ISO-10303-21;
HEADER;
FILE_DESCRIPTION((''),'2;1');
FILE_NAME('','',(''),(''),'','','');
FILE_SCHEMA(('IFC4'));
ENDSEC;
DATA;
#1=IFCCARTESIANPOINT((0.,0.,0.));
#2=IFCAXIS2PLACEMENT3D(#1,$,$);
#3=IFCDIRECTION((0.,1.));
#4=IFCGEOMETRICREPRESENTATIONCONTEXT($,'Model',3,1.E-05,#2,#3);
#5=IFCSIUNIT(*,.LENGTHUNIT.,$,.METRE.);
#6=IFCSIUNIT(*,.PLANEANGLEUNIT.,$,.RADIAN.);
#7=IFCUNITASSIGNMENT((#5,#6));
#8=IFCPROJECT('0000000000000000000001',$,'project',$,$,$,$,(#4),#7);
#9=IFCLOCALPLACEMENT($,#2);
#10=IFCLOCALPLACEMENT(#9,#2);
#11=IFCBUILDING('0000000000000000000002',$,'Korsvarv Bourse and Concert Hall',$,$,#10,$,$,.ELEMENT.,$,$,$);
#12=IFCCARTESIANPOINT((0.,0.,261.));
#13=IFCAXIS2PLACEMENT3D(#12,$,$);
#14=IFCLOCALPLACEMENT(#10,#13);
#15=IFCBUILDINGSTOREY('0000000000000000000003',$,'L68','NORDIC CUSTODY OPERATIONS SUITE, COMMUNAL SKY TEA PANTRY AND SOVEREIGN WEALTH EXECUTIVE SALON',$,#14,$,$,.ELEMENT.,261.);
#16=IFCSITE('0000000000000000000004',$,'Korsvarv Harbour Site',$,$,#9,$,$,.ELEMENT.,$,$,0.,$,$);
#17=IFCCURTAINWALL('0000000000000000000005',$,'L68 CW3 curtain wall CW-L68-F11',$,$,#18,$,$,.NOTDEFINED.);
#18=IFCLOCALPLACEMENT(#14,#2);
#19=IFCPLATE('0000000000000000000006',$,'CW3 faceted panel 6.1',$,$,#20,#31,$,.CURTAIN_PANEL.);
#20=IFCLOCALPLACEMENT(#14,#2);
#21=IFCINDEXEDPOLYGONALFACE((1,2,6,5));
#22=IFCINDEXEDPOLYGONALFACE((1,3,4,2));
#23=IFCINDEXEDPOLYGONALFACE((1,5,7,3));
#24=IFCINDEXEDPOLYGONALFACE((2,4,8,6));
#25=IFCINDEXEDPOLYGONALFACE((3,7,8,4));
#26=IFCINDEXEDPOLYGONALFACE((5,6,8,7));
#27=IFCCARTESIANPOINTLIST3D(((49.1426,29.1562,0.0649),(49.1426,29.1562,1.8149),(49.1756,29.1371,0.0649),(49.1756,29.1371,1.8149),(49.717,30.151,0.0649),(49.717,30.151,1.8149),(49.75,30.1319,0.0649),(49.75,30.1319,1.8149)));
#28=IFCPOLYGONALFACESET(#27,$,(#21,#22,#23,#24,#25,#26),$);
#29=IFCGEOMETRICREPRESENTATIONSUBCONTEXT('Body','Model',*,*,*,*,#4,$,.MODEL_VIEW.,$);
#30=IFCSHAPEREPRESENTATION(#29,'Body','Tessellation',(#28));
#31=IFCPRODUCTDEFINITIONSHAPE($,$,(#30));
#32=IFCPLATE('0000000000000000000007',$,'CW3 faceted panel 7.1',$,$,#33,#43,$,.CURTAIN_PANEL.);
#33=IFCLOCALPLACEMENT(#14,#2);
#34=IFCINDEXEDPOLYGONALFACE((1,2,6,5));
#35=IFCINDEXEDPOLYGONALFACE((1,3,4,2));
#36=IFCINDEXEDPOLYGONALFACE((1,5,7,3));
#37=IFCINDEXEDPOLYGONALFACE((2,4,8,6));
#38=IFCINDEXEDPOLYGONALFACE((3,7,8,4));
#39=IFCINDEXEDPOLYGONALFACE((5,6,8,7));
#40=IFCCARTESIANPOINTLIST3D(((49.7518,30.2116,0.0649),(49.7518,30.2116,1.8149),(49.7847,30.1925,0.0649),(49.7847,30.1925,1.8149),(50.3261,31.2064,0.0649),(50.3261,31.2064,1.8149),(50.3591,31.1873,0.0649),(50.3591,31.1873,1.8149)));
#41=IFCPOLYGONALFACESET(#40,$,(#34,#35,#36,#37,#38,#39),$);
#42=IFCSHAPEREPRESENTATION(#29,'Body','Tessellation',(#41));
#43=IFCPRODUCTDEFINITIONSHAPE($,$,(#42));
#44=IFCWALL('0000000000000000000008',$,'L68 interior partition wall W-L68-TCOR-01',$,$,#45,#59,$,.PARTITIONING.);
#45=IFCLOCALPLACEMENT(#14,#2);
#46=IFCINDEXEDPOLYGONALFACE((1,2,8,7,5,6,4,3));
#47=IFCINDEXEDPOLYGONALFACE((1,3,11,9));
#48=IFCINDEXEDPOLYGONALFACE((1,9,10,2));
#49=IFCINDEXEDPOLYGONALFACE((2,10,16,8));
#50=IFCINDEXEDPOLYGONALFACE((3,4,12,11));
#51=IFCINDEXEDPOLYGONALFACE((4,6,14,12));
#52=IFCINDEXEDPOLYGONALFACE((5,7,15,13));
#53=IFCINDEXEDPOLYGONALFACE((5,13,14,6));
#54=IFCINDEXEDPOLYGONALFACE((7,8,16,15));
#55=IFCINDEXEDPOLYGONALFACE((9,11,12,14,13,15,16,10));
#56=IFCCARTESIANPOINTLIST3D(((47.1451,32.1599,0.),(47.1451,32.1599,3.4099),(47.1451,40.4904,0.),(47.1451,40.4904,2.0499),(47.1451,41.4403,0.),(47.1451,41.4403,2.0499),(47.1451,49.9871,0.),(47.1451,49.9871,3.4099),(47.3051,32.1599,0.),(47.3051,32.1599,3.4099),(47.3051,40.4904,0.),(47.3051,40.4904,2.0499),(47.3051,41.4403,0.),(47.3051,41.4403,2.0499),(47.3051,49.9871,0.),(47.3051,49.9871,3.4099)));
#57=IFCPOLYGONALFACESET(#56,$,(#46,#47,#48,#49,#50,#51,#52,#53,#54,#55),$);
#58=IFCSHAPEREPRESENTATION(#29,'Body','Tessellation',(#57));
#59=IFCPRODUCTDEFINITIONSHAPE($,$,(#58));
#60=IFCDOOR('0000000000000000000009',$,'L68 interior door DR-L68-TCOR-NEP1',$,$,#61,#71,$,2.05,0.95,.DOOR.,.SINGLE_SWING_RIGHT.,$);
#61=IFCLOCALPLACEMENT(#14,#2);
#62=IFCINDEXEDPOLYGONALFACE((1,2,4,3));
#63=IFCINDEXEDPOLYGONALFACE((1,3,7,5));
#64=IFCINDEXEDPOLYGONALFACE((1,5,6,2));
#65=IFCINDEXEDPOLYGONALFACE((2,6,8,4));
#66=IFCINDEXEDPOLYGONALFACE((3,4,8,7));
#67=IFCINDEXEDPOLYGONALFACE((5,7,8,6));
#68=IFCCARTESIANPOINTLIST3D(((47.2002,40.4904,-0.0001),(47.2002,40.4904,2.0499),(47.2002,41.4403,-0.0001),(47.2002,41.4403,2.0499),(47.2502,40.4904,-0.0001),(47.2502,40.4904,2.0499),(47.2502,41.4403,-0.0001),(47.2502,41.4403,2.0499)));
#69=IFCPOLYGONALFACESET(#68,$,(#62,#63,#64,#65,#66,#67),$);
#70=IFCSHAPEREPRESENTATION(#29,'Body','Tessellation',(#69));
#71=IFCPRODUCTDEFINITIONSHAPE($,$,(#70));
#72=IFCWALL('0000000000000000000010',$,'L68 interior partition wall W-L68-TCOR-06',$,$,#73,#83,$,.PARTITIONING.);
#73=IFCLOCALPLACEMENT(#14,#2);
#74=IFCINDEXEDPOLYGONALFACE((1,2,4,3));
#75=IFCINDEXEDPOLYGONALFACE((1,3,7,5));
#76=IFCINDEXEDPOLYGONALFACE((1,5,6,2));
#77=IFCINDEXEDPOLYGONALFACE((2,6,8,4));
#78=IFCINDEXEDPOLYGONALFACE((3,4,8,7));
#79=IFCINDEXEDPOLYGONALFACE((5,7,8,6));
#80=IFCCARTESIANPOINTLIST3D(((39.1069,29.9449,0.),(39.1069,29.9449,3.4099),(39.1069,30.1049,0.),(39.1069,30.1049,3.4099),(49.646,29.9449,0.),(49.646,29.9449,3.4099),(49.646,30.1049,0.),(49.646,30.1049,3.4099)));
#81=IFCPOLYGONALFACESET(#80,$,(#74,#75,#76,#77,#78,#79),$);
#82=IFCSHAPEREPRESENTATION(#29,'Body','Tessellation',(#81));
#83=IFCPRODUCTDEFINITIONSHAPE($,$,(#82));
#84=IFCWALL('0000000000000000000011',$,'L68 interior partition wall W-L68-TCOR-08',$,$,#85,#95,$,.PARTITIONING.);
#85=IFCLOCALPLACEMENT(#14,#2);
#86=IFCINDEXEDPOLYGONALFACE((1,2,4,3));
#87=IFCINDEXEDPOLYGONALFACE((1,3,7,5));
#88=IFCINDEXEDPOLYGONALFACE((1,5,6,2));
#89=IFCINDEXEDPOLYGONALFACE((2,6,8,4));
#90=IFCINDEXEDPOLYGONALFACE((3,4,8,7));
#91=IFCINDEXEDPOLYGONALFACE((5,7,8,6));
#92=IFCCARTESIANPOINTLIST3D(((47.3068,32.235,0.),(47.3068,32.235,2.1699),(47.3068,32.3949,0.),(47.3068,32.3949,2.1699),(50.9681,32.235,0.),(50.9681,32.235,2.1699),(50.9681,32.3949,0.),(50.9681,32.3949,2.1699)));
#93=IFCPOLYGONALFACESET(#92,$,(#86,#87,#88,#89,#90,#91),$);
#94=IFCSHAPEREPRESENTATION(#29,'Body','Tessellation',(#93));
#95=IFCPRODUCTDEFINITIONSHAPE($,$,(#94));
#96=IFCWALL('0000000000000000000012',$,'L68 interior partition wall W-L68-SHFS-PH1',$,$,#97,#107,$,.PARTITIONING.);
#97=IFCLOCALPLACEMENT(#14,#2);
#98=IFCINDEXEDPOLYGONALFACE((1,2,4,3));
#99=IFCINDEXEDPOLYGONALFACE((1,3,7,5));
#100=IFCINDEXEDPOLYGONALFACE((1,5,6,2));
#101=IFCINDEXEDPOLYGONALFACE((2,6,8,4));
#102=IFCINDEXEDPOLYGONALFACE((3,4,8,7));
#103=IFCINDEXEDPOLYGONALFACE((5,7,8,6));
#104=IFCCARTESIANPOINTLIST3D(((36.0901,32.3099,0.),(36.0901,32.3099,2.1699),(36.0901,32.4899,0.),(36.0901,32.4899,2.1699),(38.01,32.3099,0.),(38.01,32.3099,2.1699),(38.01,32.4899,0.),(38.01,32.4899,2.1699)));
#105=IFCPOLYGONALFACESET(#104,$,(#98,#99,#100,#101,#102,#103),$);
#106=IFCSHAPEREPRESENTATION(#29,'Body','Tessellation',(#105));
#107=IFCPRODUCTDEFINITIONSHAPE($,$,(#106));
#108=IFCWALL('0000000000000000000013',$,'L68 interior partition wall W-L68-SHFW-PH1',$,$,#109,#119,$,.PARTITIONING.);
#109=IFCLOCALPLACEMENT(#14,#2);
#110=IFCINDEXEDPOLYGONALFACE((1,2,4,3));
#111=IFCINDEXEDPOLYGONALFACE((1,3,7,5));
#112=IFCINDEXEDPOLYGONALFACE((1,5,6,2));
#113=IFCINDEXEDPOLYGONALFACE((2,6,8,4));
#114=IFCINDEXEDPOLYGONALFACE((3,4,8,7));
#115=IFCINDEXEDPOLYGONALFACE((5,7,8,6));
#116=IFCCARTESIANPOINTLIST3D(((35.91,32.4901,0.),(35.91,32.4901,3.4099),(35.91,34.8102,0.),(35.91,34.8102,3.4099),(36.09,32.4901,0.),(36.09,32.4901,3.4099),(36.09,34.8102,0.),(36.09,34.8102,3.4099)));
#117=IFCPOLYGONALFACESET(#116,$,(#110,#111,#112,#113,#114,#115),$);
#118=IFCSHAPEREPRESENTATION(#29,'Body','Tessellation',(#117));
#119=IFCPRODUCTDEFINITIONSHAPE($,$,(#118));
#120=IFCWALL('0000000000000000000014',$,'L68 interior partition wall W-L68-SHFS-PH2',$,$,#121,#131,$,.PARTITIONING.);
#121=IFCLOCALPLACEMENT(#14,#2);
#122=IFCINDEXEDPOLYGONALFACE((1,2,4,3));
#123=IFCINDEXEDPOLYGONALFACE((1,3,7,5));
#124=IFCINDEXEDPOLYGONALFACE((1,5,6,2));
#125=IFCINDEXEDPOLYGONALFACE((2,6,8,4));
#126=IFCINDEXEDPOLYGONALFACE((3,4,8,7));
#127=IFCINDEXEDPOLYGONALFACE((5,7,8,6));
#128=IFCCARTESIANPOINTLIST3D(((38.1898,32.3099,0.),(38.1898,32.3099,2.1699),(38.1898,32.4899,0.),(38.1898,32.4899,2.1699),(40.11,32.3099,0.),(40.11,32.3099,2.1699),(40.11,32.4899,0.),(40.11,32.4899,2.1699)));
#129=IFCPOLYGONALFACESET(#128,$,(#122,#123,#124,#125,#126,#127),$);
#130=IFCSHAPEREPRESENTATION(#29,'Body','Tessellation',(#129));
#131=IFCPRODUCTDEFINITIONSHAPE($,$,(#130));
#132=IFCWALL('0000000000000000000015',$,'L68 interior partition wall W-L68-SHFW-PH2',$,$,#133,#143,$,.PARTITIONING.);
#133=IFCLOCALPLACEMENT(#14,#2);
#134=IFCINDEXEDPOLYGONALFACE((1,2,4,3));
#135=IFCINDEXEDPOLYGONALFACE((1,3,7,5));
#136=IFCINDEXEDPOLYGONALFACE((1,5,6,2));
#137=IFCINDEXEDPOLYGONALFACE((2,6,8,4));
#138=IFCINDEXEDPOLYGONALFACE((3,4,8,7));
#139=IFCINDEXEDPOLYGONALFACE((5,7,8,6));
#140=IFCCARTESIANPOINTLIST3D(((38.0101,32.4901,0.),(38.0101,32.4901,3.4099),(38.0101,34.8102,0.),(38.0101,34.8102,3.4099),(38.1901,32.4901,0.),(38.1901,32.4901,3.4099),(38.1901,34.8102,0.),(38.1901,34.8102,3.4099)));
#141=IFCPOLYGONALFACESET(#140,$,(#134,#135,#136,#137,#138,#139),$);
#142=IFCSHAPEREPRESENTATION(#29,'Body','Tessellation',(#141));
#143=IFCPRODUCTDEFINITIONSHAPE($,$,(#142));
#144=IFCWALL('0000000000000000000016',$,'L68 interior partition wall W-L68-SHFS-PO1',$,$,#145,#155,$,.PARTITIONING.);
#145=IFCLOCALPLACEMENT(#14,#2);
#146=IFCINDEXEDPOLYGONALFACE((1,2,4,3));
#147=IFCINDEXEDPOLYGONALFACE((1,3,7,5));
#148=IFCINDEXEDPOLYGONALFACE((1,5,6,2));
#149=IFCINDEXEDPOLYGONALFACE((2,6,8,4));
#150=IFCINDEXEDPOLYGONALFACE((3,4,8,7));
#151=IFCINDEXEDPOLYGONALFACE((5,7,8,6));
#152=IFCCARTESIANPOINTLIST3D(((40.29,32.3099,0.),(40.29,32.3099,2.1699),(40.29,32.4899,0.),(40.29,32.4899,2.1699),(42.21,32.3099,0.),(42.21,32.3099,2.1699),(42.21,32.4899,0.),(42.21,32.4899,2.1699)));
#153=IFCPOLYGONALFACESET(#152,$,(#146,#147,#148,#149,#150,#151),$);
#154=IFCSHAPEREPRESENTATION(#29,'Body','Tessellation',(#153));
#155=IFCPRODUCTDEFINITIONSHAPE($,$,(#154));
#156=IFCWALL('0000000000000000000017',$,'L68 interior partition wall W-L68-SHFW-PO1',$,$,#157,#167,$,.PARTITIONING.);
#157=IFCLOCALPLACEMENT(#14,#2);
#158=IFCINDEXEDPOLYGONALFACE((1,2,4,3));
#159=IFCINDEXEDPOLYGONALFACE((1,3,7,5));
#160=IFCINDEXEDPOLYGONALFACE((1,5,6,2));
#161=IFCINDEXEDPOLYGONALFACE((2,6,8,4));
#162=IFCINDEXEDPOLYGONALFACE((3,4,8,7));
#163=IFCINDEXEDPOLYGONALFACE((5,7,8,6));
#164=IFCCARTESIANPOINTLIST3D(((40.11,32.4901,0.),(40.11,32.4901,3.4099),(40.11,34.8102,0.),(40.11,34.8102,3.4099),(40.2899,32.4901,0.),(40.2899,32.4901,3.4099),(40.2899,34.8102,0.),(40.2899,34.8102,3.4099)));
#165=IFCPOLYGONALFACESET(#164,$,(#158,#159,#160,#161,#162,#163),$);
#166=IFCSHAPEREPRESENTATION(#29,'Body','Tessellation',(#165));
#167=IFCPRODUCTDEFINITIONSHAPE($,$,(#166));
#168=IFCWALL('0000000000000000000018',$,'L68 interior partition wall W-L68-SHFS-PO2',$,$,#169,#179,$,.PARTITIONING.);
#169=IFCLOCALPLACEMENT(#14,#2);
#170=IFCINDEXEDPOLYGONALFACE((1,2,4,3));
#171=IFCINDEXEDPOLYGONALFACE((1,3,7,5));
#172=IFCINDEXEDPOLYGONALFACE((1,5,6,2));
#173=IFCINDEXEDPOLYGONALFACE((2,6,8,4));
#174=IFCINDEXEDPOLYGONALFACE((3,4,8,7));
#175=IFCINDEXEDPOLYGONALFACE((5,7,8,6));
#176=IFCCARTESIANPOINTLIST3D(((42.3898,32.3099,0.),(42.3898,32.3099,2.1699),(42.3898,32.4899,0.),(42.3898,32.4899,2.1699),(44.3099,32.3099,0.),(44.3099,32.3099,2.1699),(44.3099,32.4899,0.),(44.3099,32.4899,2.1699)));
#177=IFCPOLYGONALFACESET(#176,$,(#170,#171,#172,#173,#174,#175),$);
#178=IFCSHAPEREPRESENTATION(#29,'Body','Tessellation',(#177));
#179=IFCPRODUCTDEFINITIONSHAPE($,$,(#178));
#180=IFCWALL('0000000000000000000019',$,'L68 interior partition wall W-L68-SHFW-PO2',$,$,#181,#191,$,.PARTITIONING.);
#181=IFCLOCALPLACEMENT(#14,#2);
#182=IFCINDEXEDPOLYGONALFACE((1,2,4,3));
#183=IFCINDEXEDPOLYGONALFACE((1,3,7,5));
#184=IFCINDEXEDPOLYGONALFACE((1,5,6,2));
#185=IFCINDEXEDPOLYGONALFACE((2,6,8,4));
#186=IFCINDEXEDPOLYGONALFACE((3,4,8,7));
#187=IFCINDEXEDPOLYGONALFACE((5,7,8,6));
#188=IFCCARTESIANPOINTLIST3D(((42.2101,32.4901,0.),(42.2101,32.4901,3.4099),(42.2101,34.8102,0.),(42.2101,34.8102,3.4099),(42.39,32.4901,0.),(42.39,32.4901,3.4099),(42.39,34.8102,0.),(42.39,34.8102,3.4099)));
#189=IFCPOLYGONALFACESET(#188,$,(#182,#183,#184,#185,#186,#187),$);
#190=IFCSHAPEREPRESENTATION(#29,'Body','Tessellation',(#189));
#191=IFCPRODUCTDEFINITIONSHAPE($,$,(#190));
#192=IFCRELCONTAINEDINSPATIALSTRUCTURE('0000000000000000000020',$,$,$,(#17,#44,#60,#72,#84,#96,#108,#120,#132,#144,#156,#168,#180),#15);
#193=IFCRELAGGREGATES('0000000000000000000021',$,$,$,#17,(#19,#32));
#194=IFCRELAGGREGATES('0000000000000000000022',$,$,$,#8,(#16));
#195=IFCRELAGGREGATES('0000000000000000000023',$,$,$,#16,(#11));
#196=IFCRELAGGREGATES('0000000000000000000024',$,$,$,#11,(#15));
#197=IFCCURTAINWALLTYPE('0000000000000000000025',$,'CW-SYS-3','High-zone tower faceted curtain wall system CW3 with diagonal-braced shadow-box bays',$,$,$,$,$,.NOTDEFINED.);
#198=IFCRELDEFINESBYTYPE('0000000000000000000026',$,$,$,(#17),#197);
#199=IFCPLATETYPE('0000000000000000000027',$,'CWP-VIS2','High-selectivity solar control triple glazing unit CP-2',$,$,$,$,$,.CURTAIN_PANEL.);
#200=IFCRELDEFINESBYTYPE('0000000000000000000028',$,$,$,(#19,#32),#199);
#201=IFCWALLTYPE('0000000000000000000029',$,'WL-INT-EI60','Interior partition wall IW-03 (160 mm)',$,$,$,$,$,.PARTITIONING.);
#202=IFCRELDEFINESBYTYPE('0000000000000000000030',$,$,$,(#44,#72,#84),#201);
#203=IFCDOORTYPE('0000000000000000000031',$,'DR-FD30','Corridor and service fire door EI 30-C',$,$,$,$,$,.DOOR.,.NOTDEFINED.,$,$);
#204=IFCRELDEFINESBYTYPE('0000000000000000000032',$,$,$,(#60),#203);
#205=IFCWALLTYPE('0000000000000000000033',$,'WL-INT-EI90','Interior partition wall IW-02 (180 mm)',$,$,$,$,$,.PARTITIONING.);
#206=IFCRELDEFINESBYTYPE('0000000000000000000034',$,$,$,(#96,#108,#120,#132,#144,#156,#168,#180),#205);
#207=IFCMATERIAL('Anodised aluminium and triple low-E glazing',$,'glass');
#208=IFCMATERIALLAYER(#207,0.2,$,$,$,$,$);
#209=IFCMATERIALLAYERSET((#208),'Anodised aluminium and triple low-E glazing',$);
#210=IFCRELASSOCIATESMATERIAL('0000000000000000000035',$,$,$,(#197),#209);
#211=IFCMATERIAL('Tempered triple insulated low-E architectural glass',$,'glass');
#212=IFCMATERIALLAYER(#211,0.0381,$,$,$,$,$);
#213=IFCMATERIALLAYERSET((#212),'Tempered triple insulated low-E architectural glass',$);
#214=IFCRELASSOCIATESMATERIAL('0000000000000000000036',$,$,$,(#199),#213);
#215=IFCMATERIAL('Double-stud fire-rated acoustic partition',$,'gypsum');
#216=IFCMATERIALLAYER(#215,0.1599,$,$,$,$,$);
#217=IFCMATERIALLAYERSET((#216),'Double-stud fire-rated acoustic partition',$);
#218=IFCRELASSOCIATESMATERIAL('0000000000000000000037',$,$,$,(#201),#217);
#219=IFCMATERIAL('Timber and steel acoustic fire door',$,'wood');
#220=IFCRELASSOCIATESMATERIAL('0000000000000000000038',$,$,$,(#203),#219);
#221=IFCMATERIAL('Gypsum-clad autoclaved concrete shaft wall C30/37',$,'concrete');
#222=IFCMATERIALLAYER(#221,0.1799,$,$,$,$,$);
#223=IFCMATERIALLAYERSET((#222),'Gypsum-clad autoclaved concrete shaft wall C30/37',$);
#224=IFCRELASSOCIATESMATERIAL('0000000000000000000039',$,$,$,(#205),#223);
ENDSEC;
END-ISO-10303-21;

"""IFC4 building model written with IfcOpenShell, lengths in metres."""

from ifc_helpers import new_model, si_unit, direction, frame, frame_2d, origin, origin_2d, place, context, subcontext, project, spatial, rectangle, extrude, source, transform, mapped, material, layer, layer_set, type_object, element, fill, aggregate, save


model = new_model("IFC4")

# Units and contexts
model_context = context("Model", 3, precision=1e-05, world=origin(), true_north=direction((0.0, 1.0)))
body_context = subcontext(model_context, "Body", "Model", "MODEL_VIEW")
ifc_project = project(units=[si_unit("LENGTHUNIT", "METRE"), si_unit("PLANEANGLEUNIT", "RADIAN")], contexts=[model_context])

# Site, building, storey
site_placement = place(None, origin())
site = spatial("IfcSite", under=ifc_project, at=site_placement, Name="Korsvarv Harbour Site", CompositionType="ELEMENT", RefElevation=0.0)
building_placement = place(site_placement, origin())
building = spatial("IfcBuilding", under=site, at=building_placement, Name="Korsvarv Bourse and Concert Hall", CompositionType="ELEMENT")
storey_placement = place(building_placement, frame((0.0, 0.0, 261.0)))
storey = spatial("IfcBuildingStorey", under=building, at=storey_placement, Name="L68", Description="NORDIC CUSTODY OPERATIONS SUITE, COMMUNAL SKY TEA PANTRY AND SOVEREIGN WEALTH EXECUTIVE SALON", CompositionType="ELEMENT", Elevation=261.0)

# Curtain wall, plates
ifc_material_1 = material(Name="Anodised aluminium and triple low-E glazing", Category="glass")
ifc_layer_1 = layer(ifc_material_1, 0.2)
ifc_layer_set_1 = layer_set([ifc_layer_1], Name="Anodised aluminium and triple low-E glazing")
curtain_wall_type = type_object("IfcCurtainWallType", Name="CW-SYS-3", Description="High-zone tower faceted curtain wall system CW3 with diagonal-braced shadow-box bays", PredefinedType="NOTDEFINED", material=ifc_layer_set_1)
curtain_wall_placement = place(storey_placement, origin())
curtain_wall = element("IfcCurtainWall", 1, at=curtain_wall_placement, inside=storey, type_object=curtain_wall_type, Name="L68 CW3 curtain wall CW-L68-F11", PredefinedType="NOTDEFINED")
ifc_material_2 = material(Name="Tempered triple insulated low-E architectural glass", Category="glass")
ifc_layer_2 = layer(ifc_material_2, 0.0381)
ifc_layer_set_2 = layer_set([ifc_layer_2], Name="Tempered triple insulated low-E architectural glass")
plate_type_1 = type_object("IfcPlateType", Name="CWP-VIS2", Description="High-selectivity solar control triple glazing unit CP-2", PredefinedType="CURTAIN_PANEL", material=ifc_layer_set_2)
shared_shape_1 = source(origin(), body_context, "Body", "SweptSolid", [
    extrude(rectangle(XDim=1.1487, YDim=0.0381, at=origin_2d()), origin(), (0.0, 0.0, 1.0), 1.75),
])
plate_1_placement = place(storey_placement, frame((49.4463, 29.644, 0.0649), z_axis=(0.0, 0.0, 1.0), x_axis=(0.500004, 0.866023, 0.0)))
plate_1 = element("IfcPlate", 2, at=plate_1_placement, type_object=plate_type_1, Name="CW3 faceted panel 6.1", PredefinedType="CURTAIN_PANEL", context=body_context, shape_type="MappedRepresentation", body=[
    mapped(shared_shape_1, transform((0.0, 0.0, 0.0), scale=1.0)),
])
plate_2_placement = place(storey_placement, frame((50.0554, 30.6995, 0.0649), z_axis=(0.0, 0.0, 1.0), x_axis=(0.500004, 0.866023, 0.0)))
plate_2 = element("IfcPlate", 3, at=plate_2_placement, type_object=plate_type_1, Name="CW3 faceted panel 7.1", PredefinedType="CURTAIN_PANEL", context=body_context, shape_type="MappedRepresentation", body=[
    mapped(shared_shape_1, transform((0.0, 0.0, 0.0), scale=1.0)),
])
aggregate(curtain_wall, [plate_1, plate_2])

# Wall, opening, door
ifc_material_3 = material(Name="Double-stud fire-rated acoustic partition", Category="gypsum")
ifc_layer_3 = layer(ifc_material_3, 0.1599)
ifc_layer_set_3 = layer_set([ifc_layer_3], Name="Double-stud fire-rated acoustic partition")
wall_type_1 = type_object("IfcWallType", Name="WL-INT-EI60", Description="Interior partition wall IW-03 (160 mm)", PredefinedType="PARTITIONING", material=ifc_layer_set_3)
wall_1_placement = place(storey_placement, frame((47.2251, 32.1599, 0.0), z_axis=(0.0, 0.0, 1.0), x_axis=(0.0, 1.0, 0.0)))
wall_1 = element("IfcWall", 4, at=wall_1_placement, inside=storey, type_object=wall_type_1, Name="L68 interior partition wall W-L68-TCOR-01", PredefinedType="PARTITIONING", context=body_context, shape_type="SweptSolid", body=[
    extrude(rectangle(XDim=17.8271, YDim=0.1599, at=frame_2d((8.9136, 0.0))), origin(), (0.0, 0.0, 1.0), 3.4099),
])
opening_placement = place(wall_1_placement, frame((8.3303, 0.0, 0.0)))
opening = element("IfcOpeningElement", 5, at=opening_placement, cuts=wall_1, PredefinedType="OPENING", context=body_context, shape_type="SweptSolid", body=[
    extrude(rectangle(XDim=0.95, YDim=2.05, at=frame_2d((0.4751, 1.0249))), frame((0.0, 0.0898, 0.0), z_axis=(0.0, -1.0, 0.0), x_axis=(1.0, 0.0, 0.0)), (0.0, 0.0, 1.0), 0.1799),
])
ifc_material_4 = material(Name="Timber and steel acoustic fire door", Category="wood")
door_type = type_object("IfcDoorType", Name="DR-FD30", Description="Corridor and service fire door EI 30-C", OperationType="NOTDEFINED", PredefinedType="DOOR", material=ifc_material_4)
door_placement = place(opening_placement, origin())
door = element("IfcDoor", 6, at=door_placement, inside=storey, type_object=door_type, Name="L68 interior door DR-L68-TCOR-NEP1", OperationType="SINGLE_SWING_RIGHT", OverallHeight=2.05, OverallWidth=0.95, PredefinedType="DOOR", context=body_context, shape_type="SweptSolid", body=[
    extrude(rectangle(XDim=0.95, YDim=2.05, at=frame_2d((0.4751, 1.0249))), frame((0.0, 0.0249, 0.0), z_axis=(0.0, -1.0, 0.0), x_axis=(1.0, 0.0, 0.0)), (0.0, 0.0, 1.0), 0.05),
])
fill(opening, door)

# Walls
wall_2_placement = place(storey_placement, frame((39.1069, 30.0249, 0.0), z_axis=(0.0, 0.0, 1.0), x_axis=(1.0, 0.0, 0.0)))
element("IfcWall", 7, at=wall_2_placement, inside=storey, type_object=wall_type_1, Name="L68 interior partition wall W-L68-TCOR-06", PredefinedType="PARTITIONING", context=body_context, shape_type="SweptSolid", body=[
    extrude(rectangle(XDim=10.5391, YDim=0.1599, at=frame_2d((5.2695, 0.0))), origin(), (0.0, 0.0, 1.0), 3.4099),
])
wall_3_placement = place(storey_placement, frame((47.3069, 32.3149, 0.0), z_axis=(0.0, 0.0, 1.0), x_axis=(1.0, 0.0, 0.0)))
element("IfcWall", 8, at=wall_3_placement, inside=storey, type_object=wall_type_1, Name="L68 interior partition wall W-L68-TCOR-08", PredefinedType="PARTITIONING", context=body_context, shape_type="SweptSolid", body=[
    extrude(rectangle(XDim=3.6614, YDim=0.1599, at=frame_2d((1.8306, 0.0))), origin(), (0.0, 0.0, 1.0), 2.1699),
])
ifc_material_5 = material(Name="Gypsum-clad autoclaved concrete shaft wall C30/37", Category="concrete")
ifc_layer_4 = layer(ifc_material_5, 0.1799)
ifc_layer_set_4 = layer_set([ifc_layer_4], Name="Gypsum-clad autoclaved concrete shaft wall C30/37")
wall_type_2 = type_object("IfcWallType", Name="WL-INT-EI90", Description="Interior partition wall IW-02 (180 mm)", PredefinedType="PARTITIONING", material=ifc_layer_set_4)
wall_4_placement = place(storey_placement, frame((36.0901, 32.3999, 0.0), z_axis=(0.0, 0.0, 1.0), x_axis=(1.0, 0.0, 0.0)))
element("IfcWall", 9, at=wall_4_placement, inside=storey, type_object=wall_type_2, Name="L68 interior partition wall W-L68-SHFS-PH1", PredefinedType="PARTITIONING", context=body_context, shape_type="SweptSolid", body=[
    extrude(rectangle(XDim=1.9199, YDim=0.1799, at=frame_2d((0.96, 0.0))), origin(), (0.0, 0.0, 1.0), 2.1699),
])
wall_5_placement = place(storey_placement, frame((36.0, 32.49, 0.0), z_axis=(0.0, 0.0, 1.0), x_axis=(0.0, 1.0, 0.0)))
element("IfcWall", 10, at=wall_5_placement, inside=storey, type_object=wall_type_2, Name="L68 interior partition wall W-L68-SHFW-PH1", PredefinedType="PARTITIONING", context=body_context, shape_type="SweptSolid", body=[
    extrude(rectangle(XDim=2.3201, YDim=0.1799, at=frame_2d((1.1602, 0.0))), origin(), (0.0, 0.0, 1.0), 3.4099),
])
wall_6_placement = place(storey_placement, frame((38.1899, 32.3999, 0.0), z_axis=(0.0, 0.0, 1.0), x_axis=(1.0, 0.0, 0.0)))
element("IfcWall", 11, at=wall_6_placement, inside=storey, type_object=wall_type_2, Name="L68 interior partition wall W-L68-SHFS-PH2", PredefinedType="PARTITIONING", context=body_context, shape_type="SweptSolid", body=[
    extrude(rectangle(XDim=1.9202, YDim=0.1799, at=frame_2d((0.96, 0.0))), origin(), (0.0, 0.0, 1.0), 2.1699),
])
wall_7_placement = place(storey_placement, frame((38.1001, 32.49, 0.0), z_axis=(0.0, 0.0, 1.0), x_axis=(0.0, 1.0, 0.0)))
element("IfcWall", 12, at=wall_7_placement, inside=storey, type_object=wall_type_2, Name="L68 interior partition wall W-L68-SHFW-PH2", PredefinedType="PARTITIONING", context=body_context, shape_type="SweptSolid", body=[
    extrude(rectangle(XDim=2.3201, YDim=0.1799, at=frame_2d((1.1602, 0.0))), origin(), (0.0, 0.0, 1.0), 3.4099),
])
wall_8_placement = place(storey_placement, frame((40.29, 32.3999, 0.0), z_axis=(0.0, 0.0, 1.0), x_axis=(1.0, 0.0, 0.0)))
element("IfcWall", 13, at=wall_8_placement, inside=storey, type_object=wall_type_2, Name="L68 interior partition wall W-L68-SHFS-PO1", PredefinedType="PARTITIONING", context=body_context, shape_type="SweptSolid", body=[
    extrude(rectangle(XDim=1.9199, YDim=0.1799, at=frame_2d((0.96, 0.0))), origin(), (0.0, 0.0, 1.0), 2.1699),
])
wall_9_placement = place(storey_placement, frame((40.2, 32.49, 0.0), z_axis=(0.0, 0.0, 1.0), x_axis=(0.0, 1.0, 0.0)))
element("IfcWall", 14, at=wall_9_placement, inside=storey, type_object=wall_type_2, Name="L68 interior partition wall W-L68-SHFW-PO1", PredefinedType="PARTITIONING", context=body_context, shape_type="SweptSolid", body=[
    extrude(rectangle(XDim=2.3201, YDim=0.1799, at=frame_2d((1.1602, 0.0))), origin(), (0.0, 0.0, 1.0), 3.4099),
])
wall_10_placement = place(storey_placement, frame((42.3899, 32.3999, 0.0), z_axis=(0.0, 0.0, 1.0), x_axis=(1.0, 0.0, 0.0)))
element("IfcWall", 15, at=wall_10_placement, inside=storey, type_object=wall_type_2, Name="L68 interior partition wall W-L68-SHFS-PO2", PredefinedType="PARTITIONING", context=body_context, shape_type="SweptSolid", body=[
    extrude(rectangle(XDim=1.9202, YDim=0.1799, at=frame_2d((0.96, 0.0))), origin(), (0.0, 0.0, 1.0), 2.1699),
])
wall_11_placement = place(storey_placement, frame((42.3, 32.49, 0.0), z_axis=(0.0, 0.0, 1.0), x_axis=(0.0, 1.0, 0.0)))
element("IfcWall", 16, at=wall_11_placement, inside=storey, type_object=wall_type_2, Name="L68 interior partition wall W-L68-SHFW-PO2", PredefinedType="PARTITIONING", context=body_context, shape_type="SweptSolid", body=[
    extrude(rectangle(XDim=2.3201, YDim=0.1799, at=frame_2d((1.1602, 0.0))), origin(), (0.0, 0.0, 1.0), 3.4099),
])

save(model, "model.ifc")
